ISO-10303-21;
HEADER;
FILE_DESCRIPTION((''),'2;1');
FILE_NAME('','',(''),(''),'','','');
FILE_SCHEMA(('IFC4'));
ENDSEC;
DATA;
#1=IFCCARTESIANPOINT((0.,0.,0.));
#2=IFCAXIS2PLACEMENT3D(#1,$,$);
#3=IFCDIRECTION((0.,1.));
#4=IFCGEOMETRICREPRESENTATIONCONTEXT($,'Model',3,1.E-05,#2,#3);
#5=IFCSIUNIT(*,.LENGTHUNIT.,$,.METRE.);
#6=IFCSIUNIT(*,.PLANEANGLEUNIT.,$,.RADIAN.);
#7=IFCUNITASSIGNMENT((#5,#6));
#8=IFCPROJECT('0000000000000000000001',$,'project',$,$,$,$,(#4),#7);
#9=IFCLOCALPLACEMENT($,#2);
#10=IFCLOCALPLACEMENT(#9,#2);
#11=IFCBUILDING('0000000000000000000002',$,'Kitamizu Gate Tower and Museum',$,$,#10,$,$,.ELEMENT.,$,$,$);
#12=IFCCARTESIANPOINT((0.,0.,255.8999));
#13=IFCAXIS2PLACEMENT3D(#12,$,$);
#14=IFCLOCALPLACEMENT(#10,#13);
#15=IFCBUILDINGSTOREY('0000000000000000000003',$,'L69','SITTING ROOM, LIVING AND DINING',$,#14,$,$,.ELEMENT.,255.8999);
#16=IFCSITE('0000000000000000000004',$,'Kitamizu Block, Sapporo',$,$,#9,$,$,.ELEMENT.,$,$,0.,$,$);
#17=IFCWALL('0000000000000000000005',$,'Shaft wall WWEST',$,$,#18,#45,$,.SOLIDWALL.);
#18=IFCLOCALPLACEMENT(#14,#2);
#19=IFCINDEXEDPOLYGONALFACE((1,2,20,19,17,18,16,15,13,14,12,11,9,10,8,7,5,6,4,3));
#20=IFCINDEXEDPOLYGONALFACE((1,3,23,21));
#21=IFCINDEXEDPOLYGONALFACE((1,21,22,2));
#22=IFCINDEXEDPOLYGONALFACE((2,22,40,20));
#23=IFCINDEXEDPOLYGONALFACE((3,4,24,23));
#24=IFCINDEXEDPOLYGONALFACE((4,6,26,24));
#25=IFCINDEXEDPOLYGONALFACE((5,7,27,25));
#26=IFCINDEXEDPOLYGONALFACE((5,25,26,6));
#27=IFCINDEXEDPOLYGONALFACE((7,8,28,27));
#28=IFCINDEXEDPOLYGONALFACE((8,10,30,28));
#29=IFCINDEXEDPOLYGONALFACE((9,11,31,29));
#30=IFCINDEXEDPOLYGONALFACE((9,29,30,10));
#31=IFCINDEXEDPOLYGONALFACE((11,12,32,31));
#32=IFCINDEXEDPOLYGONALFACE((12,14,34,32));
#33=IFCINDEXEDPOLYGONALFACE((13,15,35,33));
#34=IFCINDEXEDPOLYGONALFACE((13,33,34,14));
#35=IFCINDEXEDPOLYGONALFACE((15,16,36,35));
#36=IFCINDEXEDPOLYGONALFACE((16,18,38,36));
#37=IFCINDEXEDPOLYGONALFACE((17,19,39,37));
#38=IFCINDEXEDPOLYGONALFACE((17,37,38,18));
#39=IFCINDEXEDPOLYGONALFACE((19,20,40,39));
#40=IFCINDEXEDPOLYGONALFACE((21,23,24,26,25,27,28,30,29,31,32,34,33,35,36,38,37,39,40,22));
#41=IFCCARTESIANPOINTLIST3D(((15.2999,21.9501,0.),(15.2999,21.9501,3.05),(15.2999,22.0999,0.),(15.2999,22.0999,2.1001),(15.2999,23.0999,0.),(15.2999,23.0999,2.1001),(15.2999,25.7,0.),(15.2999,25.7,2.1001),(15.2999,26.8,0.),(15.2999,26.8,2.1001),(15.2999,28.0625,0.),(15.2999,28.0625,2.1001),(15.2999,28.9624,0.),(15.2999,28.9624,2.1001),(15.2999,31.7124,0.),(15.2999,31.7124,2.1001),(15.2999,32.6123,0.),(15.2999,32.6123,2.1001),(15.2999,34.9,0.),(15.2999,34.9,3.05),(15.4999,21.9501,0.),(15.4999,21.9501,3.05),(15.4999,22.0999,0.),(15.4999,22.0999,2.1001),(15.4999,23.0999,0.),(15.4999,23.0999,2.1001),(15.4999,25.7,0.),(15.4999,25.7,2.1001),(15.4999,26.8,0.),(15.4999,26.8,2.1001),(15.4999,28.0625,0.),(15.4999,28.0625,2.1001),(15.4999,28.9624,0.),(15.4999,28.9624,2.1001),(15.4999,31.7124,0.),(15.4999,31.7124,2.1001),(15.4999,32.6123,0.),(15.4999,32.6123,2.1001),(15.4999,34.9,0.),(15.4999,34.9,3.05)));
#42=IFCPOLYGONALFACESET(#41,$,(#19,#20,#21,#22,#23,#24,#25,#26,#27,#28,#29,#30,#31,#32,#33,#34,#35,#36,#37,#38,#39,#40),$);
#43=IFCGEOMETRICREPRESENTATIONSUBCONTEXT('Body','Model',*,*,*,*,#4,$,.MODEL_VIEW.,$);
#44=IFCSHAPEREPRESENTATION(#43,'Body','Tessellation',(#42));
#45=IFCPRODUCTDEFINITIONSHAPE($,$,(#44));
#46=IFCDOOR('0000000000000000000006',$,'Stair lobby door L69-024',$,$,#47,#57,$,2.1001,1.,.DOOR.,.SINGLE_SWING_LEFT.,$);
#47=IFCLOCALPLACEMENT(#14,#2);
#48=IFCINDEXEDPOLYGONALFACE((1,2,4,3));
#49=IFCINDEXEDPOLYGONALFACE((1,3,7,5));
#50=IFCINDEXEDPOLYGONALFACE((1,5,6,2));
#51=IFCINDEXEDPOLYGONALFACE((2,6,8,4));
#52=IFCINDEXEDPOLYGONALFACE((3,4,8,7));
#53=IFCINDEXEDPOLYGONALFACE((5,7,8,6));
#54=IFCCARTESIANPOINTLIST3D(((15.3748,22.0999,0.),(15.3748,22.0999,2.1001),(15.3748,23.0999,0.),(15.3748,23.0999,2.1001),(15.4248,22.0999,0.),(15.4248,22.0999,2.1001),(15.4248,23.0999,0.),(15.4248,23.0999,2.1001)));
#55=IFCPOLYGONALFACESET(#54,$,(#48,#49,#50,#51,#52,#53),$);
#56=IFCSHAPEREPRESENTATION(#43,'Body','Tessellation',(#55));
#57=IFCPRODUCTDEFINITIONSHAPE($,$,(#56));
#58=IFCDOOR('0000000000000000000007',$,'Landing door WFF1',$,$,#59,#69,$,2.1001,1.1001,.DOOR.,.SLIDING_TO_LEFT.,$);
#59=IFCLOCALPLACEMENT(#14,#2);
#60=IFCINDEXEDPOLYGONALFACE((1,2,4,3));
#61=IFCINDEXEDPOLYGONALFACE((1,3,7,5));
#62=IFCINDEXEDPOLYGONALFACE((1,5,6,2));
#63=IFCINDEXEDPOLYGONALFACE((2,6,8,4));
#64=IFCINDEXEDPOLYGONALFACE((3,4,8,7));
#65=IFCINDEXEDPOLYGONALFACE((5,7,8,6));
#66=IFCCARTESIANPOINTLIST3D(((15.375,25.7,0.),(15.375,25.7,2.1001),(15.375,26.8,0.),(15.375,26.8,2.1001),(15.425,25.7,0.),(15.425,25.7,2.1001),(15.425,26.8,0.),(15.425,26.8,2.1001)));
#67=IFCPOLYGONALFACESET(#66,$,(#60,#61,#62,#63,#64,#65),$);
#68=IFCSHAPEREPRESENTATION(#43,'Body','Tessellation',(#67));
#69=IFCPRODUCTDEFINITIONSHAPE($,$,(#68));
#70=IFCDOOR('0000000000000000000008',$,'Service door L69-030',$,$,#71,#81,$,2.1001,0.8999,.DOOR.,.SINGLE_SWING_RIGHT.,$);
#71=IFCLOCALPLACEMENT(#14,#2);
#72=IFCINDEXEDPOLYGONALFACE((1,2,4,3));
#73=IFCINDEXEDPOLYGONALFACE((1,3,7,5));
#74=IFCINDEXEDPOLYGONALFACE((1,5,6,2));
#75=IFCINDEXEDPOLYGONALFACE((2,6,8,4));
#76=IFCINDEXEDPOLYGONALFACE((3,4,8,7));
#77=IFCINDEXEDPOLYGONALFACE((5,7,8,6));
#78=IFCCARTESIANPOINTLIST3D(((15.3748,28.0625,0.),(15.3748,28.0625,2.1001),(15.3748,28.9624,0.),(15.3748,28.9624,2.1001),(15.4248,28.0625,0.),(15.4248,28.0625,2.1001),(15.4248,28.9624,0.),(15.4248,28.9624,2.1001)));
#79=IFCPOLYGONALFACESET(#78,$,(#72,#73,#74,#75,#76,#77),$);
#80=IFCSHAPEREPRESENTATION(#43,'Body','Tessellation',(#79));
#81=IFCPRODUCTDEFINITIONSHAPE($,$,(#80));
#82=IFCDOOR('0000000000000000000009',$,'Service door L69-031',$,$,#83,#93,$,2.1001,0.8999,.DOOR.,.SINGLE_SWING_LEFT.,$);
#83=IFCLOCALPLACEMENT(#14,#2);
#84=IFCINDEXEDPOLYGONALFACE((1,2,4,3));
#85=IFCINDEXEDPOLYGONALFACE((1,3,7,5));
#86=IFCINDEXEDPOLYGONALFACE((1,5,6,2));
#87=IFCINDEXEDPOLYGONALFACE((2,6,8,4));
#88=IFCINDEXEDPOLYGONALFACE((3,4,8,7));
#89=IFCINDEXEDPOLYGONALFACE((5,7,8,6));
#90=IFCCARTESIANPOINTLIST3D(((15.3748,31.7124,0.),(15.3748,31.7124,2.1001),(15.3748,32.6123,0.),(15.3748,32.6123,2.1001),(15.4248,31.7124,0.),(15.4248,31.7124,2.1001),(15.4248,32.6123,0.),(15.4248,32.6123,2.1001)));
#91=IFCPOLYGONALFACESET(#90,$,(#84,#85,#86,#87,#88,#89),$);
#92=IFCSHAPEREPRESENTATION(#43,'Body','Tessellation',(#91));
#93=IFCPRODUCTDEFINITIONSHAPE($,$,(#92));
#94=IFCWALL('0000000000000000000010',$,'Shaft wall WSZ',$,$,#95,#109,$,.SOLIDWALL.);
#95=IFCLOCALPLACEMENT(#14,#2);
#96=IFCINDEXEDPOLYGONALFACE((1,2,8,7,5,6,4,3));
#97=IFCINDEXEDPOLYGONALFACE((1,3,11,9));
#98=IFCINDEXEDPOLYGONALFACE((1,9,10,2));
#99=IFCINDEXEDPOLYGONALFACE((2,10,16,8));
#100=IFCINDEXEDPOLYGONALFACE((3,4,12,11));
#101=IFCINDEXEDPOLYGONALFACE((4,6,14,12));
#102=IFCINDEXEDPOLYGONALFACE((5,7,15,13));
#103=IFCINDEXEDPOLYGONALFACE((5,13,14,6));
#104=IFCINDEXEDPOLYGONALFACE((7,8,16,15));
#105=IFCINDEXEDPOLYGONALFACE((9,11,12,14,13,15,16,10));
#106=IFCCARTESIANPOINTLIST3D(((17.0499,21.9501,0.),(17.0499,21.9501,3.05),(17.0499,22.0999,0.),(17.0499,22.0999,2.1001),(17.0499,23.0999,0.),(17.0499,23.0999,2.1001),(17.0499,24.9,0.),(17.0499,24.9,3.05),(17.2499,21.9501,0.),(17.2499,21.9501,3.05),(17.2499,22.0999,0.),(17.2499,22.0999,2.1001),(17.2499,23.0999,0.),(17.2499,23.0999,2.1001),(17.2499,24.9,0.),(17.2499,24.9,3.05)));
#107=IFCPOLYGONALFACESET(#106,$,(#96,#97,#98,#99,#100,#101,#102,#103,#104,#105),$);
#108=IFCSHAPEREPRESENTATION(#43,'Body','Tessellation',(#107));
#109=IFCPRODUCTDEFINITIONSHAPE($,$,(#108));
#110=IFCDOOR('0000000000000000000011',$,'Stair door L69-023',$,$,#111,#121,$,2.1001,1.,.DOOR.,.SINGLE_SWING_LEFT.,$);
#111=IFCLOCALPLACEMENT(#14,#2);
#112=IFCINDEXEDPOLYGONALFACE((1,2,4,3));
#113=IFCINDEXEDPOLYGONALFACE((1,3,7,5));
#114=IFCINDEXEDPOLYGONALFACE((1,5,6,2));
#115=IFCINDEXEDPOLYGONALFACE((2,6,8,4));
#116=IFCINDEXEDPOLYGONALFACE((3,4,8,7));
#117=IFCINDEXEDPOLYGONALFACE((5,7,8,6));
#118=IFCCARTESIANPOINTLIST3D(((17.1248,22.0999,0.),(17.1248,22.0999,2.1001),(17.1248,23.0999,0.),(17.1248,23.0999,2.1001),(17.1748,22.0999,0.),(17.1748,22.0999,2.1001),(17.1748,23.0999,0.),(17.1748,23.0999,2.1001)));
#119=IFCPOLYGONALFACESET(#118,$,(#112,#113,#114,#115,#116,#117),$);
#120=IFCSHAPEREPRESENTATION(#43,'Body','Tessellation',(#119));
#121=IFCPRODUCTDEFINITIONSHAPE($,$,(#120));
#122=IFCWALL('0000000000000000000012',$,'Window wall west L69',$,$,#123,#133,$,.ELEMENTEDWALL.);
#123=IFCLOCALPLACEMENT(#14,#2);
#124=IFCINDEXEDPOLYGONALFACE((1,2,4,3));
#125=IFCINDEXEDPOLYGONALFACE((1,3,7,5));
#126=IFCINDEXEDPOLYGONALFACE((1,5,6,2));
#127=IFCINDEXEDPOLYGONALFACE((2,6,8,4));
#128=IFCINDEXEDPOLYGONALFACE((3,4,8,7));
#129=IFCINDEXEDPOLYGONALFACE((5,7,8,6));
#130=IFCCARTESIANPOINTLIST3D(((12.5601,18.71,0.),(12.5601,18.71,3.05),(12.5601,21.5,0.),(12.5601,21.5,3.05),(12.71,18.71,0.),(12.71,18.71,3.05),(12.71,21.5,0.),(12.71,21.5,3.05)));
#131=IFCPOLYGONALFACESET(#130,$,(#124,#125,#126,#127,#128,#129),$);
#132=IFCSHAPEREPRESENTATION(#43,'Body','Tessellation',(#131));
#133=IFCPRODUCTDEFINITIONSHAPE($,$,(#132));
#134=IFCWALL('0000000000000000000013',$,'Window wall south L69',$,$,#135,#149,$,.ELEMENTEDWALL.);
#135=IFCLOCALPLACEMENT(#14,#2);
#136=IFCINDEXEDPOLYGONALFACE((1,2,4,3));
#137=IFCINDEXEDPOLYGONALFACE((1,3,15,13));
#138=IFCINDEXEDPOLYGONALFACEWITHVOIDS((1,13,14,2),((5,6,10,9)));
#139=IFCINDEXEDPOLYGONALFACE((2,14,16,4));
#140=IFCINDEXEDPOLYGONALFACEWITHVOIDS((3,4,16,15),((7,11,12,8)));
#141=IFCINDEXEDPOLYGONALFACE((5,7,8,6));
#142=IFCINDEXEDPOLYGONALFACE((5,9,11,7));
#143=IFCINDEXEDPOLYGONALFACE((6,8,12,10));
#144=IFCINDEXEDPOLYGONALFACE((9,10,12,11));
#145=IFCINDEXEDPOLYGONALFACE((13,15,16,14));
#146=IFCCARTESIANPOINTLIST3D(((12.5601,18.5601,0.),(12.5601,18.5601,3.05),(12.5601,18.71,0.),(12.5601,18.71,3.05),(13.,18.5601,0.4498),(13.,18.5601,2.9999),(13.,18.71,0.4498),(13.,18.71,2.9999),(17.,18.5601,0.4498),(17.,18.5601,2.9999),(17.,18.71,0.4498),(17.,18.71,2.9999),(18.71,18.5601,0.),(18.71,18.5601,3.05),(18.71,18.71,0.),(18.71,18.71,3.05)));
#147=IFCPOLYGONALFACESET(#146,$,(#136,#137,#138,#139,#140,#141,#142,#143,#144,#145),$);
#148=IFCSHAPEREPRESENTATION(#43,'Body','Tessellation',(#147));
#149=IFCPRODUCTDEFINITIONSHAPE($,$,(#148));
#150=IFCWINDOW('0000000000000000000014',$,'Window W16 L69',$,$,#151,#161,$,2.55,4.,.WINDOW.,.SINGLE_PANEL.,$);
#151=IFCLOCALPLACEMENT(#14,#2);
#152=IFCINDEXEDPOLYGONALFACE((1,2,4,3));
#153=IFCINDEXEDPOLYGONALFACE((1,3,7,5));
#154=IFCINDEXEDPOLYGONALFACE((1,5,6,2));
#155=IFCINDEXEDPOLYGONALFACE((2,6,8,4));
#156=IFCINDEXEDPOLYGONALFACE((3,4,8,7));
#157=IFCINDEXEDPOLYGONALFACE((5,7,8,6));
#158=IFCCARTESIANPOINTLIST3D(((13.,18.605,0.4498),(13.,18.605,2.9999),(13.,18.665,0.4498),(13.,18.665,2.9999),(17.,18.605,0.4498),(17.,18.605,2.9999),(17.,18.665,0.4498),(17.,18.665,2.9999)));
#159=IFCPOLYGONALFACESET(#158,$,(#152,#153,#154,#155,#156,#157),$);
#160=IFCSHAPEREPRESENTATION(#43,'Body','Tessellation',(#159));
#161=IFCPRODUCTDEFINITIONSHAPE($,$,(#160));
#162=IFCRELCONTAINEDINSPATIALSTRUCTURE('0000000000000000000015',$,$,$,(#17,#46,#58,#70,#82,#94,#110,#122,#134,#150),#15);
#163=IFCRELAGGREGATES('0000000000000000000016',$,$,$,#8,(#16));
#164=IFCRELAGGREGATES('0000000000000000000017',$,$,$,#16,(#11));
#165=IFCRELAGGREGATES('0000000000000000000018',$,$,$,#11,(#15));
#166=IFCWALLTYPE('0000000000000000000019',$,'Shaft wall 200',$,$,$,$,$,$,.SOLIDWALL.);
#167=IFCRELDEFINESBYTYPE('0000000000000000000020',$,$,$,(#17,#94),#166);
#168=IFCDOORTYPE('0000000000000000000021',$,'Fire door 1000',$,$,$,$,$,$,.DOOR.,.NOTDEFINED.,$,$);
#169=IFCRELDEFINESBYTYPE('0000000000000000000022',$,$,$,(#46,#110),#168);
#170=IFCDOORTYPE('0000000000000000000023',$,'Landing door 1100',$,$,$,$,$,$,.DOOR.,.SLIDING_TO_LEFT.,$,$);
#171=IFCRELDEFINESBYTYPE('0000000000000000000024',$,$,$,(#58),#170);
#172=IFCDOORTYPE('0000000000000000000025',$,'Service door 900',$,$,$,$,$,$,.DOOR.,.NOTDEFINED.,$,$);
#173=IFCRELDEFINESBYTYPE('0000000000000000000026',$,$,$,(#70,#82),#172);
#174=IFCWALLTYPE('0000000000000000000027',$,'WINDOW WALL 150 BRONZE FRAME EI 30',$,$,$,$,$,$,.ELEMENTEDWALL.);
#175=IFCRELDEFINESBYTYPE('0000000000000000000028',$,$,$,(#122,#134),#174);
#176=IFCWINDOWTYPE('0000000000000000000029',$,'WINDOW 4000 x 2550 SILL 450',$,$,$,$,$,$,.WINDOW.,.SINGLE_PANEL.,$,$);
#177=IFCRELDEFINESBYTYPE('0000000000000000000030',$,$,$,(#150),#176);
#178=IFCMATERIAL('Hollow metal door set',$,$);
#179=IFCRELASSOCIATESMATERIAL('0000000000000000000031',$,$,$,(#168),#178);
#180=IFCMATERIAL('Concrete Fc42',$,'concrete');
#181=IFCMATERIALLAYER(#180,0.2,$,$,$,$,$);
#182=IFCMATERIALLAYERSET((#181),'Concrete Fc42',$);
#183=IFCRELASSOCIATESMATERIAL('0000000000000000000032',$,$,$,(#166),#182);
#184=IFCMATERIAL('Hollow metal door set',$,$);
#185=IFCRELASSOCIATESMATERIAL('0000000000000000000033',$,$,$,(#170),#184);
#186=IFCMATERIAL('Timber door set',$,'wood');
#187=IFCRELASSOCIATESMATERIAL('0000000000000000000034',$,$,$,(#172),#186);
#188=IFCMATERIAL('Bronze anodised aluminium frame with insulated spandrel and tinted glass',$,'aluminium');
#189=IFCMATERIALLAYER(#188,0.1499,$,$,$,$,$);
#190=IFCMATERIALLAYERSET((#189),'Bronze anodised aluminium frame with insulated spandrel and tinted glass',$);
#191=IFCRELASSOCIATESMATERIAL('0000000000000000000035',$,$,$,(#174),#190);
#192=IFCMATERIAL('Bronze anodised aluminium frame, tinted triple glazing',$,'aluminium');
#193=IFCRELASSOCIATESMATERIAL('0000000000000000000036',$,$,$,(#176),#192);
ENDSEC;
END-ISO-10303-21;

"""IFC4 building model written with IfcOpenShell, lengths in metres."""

from ifc_helpers import new_model, si_unit, direction, frame, frame_2d, origin, place, context, subcontext, project, spatial, rectangle, extrude, material, layer, layer_set, type_object, element, fill, save


model = new_model("IFC4")

# Units and contexts
model_context = context("Model", 3, precision=1e-05, world=origin(), true_north=direction((0.0, 1.0)))
body_context = subcontext(model_context, "Body", "Model", "MODEL_VIEW")
ifc_project = project(units=[si_unit("LENGTHUNIT", "METRE"), si_unit("PLANEANGLEUNIT", "RADIAN")], contexts=[model_context])

# Site, building, storey
site_placement = place(None, origin())
site = spatial("IfcSite", under=ifc_project, at=site_placement, Name="Kitamizu Block, Sapporo", CompositionType="ELEMENT", RefElevation=0.0)
building_placement = place(site_placement, origin())
building = spatial("IfcBuilding", under=site, at=building_placement, Name="Kitamizu Gate Tower and Museum", CompositionType="ELEMENT")
storey_placement = place(building_placement, frame((0.0, 0.0, 255.8999)))
storey = spatial("IfcBuildingStorey", under=building, at=storey_placement, Name="L69", Description="SITTING ROOM, LIVING AND DINING", CompositionType="ELEMENT", Elevation=255.8999)

# Shared definitions
ifc_material_1 = material(Name="Hollow metal door set")
door_type_1 = type_object("IfcDoorType", Name="Fire door 1000", OperationType="NOTDEFINED", PredefinedType="DOOR", material=ifc_material_1)

# Wall, openings, doors
ifc_material_2 = material(Name="Concrete Fc42", Category="concrete")
ifc_layer_1 = layer(ifc_material_2, 0.2)
ifc_layer_set_1 = layer_set([ifc_layer_1], Name="Concrete Fc42")
wall_type_1 = type_object("IfcWallType", Name="Shaft wall 200", PredefinedType="SOLIDWALL", material=ifc_layer_set_1)
wall_1_placement = place(storey_placement, frame((15.3999, 21.95, 0.0), z_axis=(0.0, 0.0, 1.0), x_axis=(0.0, 1.0, 0.0)))
wall_1 = element("IfcWall", 1, at=wall_1_placement, inside=storey, type_object=wall_type_1, Name="Shaft wall WWEST", PredefinedType="SOLIDWALL", context=body_context, shape_type="SweptSolid", body=[
    extrude(rectangle(XDim=12.95, YDim=0.2, at=frame_2d((6.4751, 0.0))), origin(), (0.0, 0.0, 1.0), 3.05),
])
opening_1_placement = place(wall_1_placement, frame((3.75, 0.0, 0.0)))
opening_1 = element("IfcOpeningElement", 2, at=opening_1_placement, cuts=wall_1, PredefinedType="OPENING", context=body_context, shape_type="SweptSolid", body=[
    extrude(rectangle(XDim=1.1001, YDim=2.1001, at=frame_2d((0.55, 1.05))), frame((0.0, 0.1099, 0.0), z_axis=(0.0, -1.0, 0.0), x_axis=(1.0, 0.0, 0.0)), (0.0, 0.0, 1.0), 0.22),
])
opening_2_placement = place(wall_1_placement, frame((0.1499, 0.0, 0.0)))
opening_2 = element("IfcOpeningElement", 3, at=opening_2_placement, cuts=wall_1, PredefinedType="OPENING", context=body_context, shape_type="SweptSolid", body=[
    extrude(rectangle(XDim=1.0, YDim=2.1001, at=frame_2d((0.5, 1.05))), frame((0.0, 0.1099, 0.0), z_axis=(0.0, -1.0, 0.0), x_axis=(1.0, 0.0, 0.0)), (0.0, 0.0, 1.0), 0.22),
])
opening_3_placement = place(wall_1_placement, frame((6.1125, 0.0, 0.0)))
opening_3 = element("IfcOpeningElement", 4, at=opening_3_placement, cuts=wall_1, PredefinedType="OPENING", context=body_context, shape_type="SweptSolid", body=[
    extrude(rectangle(XDim=0.8999, YDim=2.1001, at=frame_2d((0.45, 1.05))), frame((0.0, 0.1099, 0.0), z_axis=(0.0, -1.0, 0.0), x_axis=(1.0, 0.0, 0.0)), (0.0, 0.0, 1.0), 0.22),
])
opening_4_placement = place(wall_1_placement, frame((9.7625, 0.0, 0.0)))
opening_4 = element("IfcOpeningElement", 5, at=opening_4_placement, cuts=wall_1, PredefinedType="OPENING", context=body_context, shape_type="SweptSolid", body=[
    extrude(rectangle(XDim=0.8999, YDim=2.1001, at=frame_2d((0.45, 1.05))), frame((0.0, 0.1099, 0.0), z_axis=(0.0, -1.0, 0.0), x_axis=(1.0, 0.0, 0.0)), (0.0, 0.0, 1.0), 0.22),
])
door_1_placement = place(opening_2_placement, frame((1.0, 0.0, 0.0), x_axis=(-1.0, 0.0, 0.0)))
door_1 = element("IfcDoor", 6, at=door_1_placement, inside=storey, type_object=door_type_1, Name="Stair lobby door L69-024", OperationType="SINGLE_SWING_LEFT", OverallHeight=2.1001, OverallWidth=1.0, PredefinedType="DOOR", context=body_context, shape_type="SweptSolid", body=[
    extrude(rectangle(XDim=1.0, YDim=2.1001, at=frame_2d((0.5, 1.05))), frame((0.0, 0.0249, 0.0), z_axis=(0.0, -1.0, 0.0), x_axis=(1.0, 0.0, 0.0)), (0.0, 0.0, 1.0), 0.05),
])
fill(opening_2, door_1)
ifc_material_3 = material(Name="Hollow metal door set")
door_type_2 = type_object("IfcDoorType", Name="Landing door 1100", OperationType="SLIDING_TO_LEFT", PredefinedType="DOOR", material=ifc_material_3)
door_2_placement = place(opening_1_placement, origin())
door_2 = element("IfcDoor", 7, at=door_2_placement, inside=storey, type_object=door_type_2, Name="Landing door WFF1", OperationType="SLIDING_TO_LEFT", OverallHeight=2.1001, OverallWidth=1.1001, PredefinedType="DOOR", context=body_context, shape_type="SweptSolid", body=[
    extrude(rectangle(XDim=1.1001, YDim=2.1001, at=frame_2d((0.55, 1.05))), frame((0.0, 0.0249, 0.0), z_axis=(0.0, -1.0, 0.0), x_axis=(1.0, 0.0, 0.0)), (0.0, 0.0, 1.0), 0.05),
])
fill(opening_1, door_2)
ifc_material_4 = material(Name="Timber door set", Category="wood")
door_type_3 = type_object("IfcDoorType", Name="Service door 900", OperationType="NOTDEFINED", PredefinedType="DOOR", material=ifc_material_4)
door_3_placement = place(opening_3_placement, frame((0.8999, 0.0, 0.0), x_axis=(-1.0, 0.0, 0.0)))
door_3 = element("IfcDoor", 8, at=door_3_placement, inside=storey, type_object=door_type_3, Name="Service door L69-030", OperationType="SINGLE_SWING_RIGHT", OverallHeight=2.1001, OverallWidth=0.8999, PredefinedType="DOOR", context=body_context, shape_type="SweptSolid", body=[
    extrude(rectangle(XDim=0.8999, YDim=2.1001, at=frame_2d((0.45, 1.05))), frame((0.0, 0.0249, 0.0), z_axis=(0.0, -1.0, 0.0), x_axis=(1.0, 0.0, 0.0)), (0.0, 0.0, 1.0), 0.05),
])
fill(opening_3, door_3)
door_4_placement = place(opening_4_placement, frame((0.8999, 0.0, 0.0), x_axis=(-1.0, 0.0, 0.0)))
door_4 = element("IfcDoor", 9, at=door_4_placement, inside=storey, type_object=door_type_3, Name="Service door L69-031", OperationType="SINGLE_SWING_LEFT", OverallHeight=2.1001, OverallWidth=0.8999, PredefinedType="DOOR", context=body_context, shape_type="SweptSolid", body=[
    extrude(rectangle(XDim=0.8999, YDim=2.1001, at=frame_2d((0.45, 1.05))), frame((0.0, 0.0249, 0.0), z_axis=(0.0, -1.0, 0.0), x_axis=(1.0, 0.0, 0.0)), (0.0, 0.0, 1.0), 0.05),
])
fill(opening_4, door_4)

# Wall, opening, door
wall_2_placement = place(storey_placement, frame((17.1499, 21.95, 0.0), z_axis=(0.0, 0.0, 1.0), x_axis=(0.0, 1.0, 0.0)))
wall_2 = element("IfcWall", 10, at=wall_2_placement, inside=storey, type_object=wall_type_1, Name="Shaft wall WSZ", PredefinedType="SOLIDWALL", context=body_context, shape_type="SweptSolid", body=[
    extrude(rectangle(XDim=2.95, YDim=0.2, at=frame_2d((1.4751, 0.0))), origin(), (0.0, 0.0, 1.0), 3.05),
])
opening_5_placement = place(wall_2_placement, frame((0.1499, 0.0, 0.0)))
opening_5 = element("IfcOpeningElement", 11, at=opening_5_placement, cuts=wall_2, PredefinedType="OPENING", context=body_context, shape_type="SweptSolid", body=[
    extrude(rectangle(XDim=1.0, YDim=2.1001, at=frame_2d((0.5, 1.05))), frame((0.0, 0.1099, 0.0), z_axis=(0.0, -1.0, 0.0), x_axis=(1.0, 0.0, 0.0)), (0.0, 0.0, 1.0), 0.22),
])
door_5_placement = place(opening_5_placement, frame((1.0, 0.0, 0.0), x_axis=(-1.0, 0.0, 0.0)))
door_5 = element("IfcDoor", 12, at=door_5_placement, inside=storey, type_object=door_type_1, Name="Stair door L69-023", OperationType="SINGLE_SWING_LEFT", OverallHeight=2.1001, OverallWidth=1.0, PredefinedType="DOOR", context=body_context, shape_type="SweptSolid", body=[
    extrude(rectangle(XDim=1.0, YDim=2.1001, at=frame_2d((0.5, 1.05))), frame((0.0, 0.0249, 0.0), z_axis=(0.0, -1.0, 0.0), x_axis=(1.0, 0.0, 0.0)), (0.0, 0.0, 1.0), 0.05),
])
fill(opening_5, door_5)

# Wall
ifc_material_5 = material(Name="Bronze anodised aluminium frame with insulated spandrel and tinted glass", Category="aluminium")
ifc_layer_2 = layer(ifc_material_5, 0.1499)
ifc_layer_set_2 = layer_set([ifc_layer_2], Name="Bronze anodised aluminium frame with insulated spandrel and tinted glass")
wall_type_2 = type_object("IfcWallType", Name="WINDOW WALL 150 BRONZE FRAME EI 30", PredefinedType="ELEMENTEDWALL", material=ifc_layer_set_2)
wall_3_placement = place(storey_placement, frame((12.635, 18.71, 0.0), z_axis=(0.0, 0.0, 1.0), x_axis=(0.0, 1.0, 0.0)))
element("IfcWall", 13, at=wall_3_placement, inside=storey, type_object=wall_type_2, Name="Window wall west L69", PredefinedType="ELEMENTEDWALL", context=body_context, shape_type="SweptSolid", body=[
    extrude(rectangle(XDim=2.79, YDim=0.1499, at=frame_2d((1.395, 0.0))), origin(), (0.0, 0.0, 1.0), 3.05),
])

# Wall, opening, window
wall_4_placement = place(storey_placement, frame((12.5601, 18.635, 0.0), z_axis=(0.0, 0.0, 1.0), x_axis=(1.0, 0.0, 0.0)))
wall_4 = element("IfcWall", 14, at=wall_4_placement, inside=storey, type_object=wall_type_2, Name="Window wall south L69", PredefinedType="ELEMENTEDWALL", context=body_context, shape_type="SweptSolid", body=[
    extrude(rectangle(XDim=6.1499, YDim=0.1499, at=frame_2d((3.075, 0.0))), origin(), (0.0, 0.0, 1.0), 3.05),
])
opening_6_placement = place(wall_4_placement, frame((0.4399, 0.0, 0.45)))
opening_6 = element("IfcOpeningElement", 15, at=opening_6_placement, cuts=wall_4, PredefinedType="OPENING", context=body_context, shape_type="SweptSolid", body=[
    extrude(rectangle(XDim=4.0, YDim=2.55, at=frame_2d((2.0, 1.2749))), frame((0.0, 0.085, 0.0), z_axis=(0.0, -1.0, 0.0), x_axis=(1.0, 0.0, 0.0)), (0.0, 0.0, 1.0), 0.1699),
])
ifc_material_6 = material(Name="Bronze anodised aluminium frame, tinted triple glazing", Category="aluminium")
window_type = type_object("IfcWindowType", Name="WINDOW 4000 x 2550 SILL 450", PartitioningType="SINGLE_PANEL", PredefinedType="WINDOW", material=ifc_material_6)
window_placement = place(opening_6_placement, origin())
window = element("IfcWindow", 16, at=window_placement, inside=storey, type_object=window_type, Name="Window W16 L69", OverallHeight=2.55, OverallWidth=4.0, PartitioningType="SINGLE_PANEL", PredefinedType="WINDOW", context=body_context, shape_type="SweptSolid", body=[
    extrude(rectangle(XDim=4.0, YDim=2.55, at=frame_2d((2.0, 1.2749))), frame((0.0, 0.03, 0.0), z_axis=(0.0, -1.0, 0.0), x_axis=(1.0, 0.0, 0.0)), (0.0, 0.0, 1.0), 0.0601),
])
fill(opening_6, window)

save(model, "model.ifc")
